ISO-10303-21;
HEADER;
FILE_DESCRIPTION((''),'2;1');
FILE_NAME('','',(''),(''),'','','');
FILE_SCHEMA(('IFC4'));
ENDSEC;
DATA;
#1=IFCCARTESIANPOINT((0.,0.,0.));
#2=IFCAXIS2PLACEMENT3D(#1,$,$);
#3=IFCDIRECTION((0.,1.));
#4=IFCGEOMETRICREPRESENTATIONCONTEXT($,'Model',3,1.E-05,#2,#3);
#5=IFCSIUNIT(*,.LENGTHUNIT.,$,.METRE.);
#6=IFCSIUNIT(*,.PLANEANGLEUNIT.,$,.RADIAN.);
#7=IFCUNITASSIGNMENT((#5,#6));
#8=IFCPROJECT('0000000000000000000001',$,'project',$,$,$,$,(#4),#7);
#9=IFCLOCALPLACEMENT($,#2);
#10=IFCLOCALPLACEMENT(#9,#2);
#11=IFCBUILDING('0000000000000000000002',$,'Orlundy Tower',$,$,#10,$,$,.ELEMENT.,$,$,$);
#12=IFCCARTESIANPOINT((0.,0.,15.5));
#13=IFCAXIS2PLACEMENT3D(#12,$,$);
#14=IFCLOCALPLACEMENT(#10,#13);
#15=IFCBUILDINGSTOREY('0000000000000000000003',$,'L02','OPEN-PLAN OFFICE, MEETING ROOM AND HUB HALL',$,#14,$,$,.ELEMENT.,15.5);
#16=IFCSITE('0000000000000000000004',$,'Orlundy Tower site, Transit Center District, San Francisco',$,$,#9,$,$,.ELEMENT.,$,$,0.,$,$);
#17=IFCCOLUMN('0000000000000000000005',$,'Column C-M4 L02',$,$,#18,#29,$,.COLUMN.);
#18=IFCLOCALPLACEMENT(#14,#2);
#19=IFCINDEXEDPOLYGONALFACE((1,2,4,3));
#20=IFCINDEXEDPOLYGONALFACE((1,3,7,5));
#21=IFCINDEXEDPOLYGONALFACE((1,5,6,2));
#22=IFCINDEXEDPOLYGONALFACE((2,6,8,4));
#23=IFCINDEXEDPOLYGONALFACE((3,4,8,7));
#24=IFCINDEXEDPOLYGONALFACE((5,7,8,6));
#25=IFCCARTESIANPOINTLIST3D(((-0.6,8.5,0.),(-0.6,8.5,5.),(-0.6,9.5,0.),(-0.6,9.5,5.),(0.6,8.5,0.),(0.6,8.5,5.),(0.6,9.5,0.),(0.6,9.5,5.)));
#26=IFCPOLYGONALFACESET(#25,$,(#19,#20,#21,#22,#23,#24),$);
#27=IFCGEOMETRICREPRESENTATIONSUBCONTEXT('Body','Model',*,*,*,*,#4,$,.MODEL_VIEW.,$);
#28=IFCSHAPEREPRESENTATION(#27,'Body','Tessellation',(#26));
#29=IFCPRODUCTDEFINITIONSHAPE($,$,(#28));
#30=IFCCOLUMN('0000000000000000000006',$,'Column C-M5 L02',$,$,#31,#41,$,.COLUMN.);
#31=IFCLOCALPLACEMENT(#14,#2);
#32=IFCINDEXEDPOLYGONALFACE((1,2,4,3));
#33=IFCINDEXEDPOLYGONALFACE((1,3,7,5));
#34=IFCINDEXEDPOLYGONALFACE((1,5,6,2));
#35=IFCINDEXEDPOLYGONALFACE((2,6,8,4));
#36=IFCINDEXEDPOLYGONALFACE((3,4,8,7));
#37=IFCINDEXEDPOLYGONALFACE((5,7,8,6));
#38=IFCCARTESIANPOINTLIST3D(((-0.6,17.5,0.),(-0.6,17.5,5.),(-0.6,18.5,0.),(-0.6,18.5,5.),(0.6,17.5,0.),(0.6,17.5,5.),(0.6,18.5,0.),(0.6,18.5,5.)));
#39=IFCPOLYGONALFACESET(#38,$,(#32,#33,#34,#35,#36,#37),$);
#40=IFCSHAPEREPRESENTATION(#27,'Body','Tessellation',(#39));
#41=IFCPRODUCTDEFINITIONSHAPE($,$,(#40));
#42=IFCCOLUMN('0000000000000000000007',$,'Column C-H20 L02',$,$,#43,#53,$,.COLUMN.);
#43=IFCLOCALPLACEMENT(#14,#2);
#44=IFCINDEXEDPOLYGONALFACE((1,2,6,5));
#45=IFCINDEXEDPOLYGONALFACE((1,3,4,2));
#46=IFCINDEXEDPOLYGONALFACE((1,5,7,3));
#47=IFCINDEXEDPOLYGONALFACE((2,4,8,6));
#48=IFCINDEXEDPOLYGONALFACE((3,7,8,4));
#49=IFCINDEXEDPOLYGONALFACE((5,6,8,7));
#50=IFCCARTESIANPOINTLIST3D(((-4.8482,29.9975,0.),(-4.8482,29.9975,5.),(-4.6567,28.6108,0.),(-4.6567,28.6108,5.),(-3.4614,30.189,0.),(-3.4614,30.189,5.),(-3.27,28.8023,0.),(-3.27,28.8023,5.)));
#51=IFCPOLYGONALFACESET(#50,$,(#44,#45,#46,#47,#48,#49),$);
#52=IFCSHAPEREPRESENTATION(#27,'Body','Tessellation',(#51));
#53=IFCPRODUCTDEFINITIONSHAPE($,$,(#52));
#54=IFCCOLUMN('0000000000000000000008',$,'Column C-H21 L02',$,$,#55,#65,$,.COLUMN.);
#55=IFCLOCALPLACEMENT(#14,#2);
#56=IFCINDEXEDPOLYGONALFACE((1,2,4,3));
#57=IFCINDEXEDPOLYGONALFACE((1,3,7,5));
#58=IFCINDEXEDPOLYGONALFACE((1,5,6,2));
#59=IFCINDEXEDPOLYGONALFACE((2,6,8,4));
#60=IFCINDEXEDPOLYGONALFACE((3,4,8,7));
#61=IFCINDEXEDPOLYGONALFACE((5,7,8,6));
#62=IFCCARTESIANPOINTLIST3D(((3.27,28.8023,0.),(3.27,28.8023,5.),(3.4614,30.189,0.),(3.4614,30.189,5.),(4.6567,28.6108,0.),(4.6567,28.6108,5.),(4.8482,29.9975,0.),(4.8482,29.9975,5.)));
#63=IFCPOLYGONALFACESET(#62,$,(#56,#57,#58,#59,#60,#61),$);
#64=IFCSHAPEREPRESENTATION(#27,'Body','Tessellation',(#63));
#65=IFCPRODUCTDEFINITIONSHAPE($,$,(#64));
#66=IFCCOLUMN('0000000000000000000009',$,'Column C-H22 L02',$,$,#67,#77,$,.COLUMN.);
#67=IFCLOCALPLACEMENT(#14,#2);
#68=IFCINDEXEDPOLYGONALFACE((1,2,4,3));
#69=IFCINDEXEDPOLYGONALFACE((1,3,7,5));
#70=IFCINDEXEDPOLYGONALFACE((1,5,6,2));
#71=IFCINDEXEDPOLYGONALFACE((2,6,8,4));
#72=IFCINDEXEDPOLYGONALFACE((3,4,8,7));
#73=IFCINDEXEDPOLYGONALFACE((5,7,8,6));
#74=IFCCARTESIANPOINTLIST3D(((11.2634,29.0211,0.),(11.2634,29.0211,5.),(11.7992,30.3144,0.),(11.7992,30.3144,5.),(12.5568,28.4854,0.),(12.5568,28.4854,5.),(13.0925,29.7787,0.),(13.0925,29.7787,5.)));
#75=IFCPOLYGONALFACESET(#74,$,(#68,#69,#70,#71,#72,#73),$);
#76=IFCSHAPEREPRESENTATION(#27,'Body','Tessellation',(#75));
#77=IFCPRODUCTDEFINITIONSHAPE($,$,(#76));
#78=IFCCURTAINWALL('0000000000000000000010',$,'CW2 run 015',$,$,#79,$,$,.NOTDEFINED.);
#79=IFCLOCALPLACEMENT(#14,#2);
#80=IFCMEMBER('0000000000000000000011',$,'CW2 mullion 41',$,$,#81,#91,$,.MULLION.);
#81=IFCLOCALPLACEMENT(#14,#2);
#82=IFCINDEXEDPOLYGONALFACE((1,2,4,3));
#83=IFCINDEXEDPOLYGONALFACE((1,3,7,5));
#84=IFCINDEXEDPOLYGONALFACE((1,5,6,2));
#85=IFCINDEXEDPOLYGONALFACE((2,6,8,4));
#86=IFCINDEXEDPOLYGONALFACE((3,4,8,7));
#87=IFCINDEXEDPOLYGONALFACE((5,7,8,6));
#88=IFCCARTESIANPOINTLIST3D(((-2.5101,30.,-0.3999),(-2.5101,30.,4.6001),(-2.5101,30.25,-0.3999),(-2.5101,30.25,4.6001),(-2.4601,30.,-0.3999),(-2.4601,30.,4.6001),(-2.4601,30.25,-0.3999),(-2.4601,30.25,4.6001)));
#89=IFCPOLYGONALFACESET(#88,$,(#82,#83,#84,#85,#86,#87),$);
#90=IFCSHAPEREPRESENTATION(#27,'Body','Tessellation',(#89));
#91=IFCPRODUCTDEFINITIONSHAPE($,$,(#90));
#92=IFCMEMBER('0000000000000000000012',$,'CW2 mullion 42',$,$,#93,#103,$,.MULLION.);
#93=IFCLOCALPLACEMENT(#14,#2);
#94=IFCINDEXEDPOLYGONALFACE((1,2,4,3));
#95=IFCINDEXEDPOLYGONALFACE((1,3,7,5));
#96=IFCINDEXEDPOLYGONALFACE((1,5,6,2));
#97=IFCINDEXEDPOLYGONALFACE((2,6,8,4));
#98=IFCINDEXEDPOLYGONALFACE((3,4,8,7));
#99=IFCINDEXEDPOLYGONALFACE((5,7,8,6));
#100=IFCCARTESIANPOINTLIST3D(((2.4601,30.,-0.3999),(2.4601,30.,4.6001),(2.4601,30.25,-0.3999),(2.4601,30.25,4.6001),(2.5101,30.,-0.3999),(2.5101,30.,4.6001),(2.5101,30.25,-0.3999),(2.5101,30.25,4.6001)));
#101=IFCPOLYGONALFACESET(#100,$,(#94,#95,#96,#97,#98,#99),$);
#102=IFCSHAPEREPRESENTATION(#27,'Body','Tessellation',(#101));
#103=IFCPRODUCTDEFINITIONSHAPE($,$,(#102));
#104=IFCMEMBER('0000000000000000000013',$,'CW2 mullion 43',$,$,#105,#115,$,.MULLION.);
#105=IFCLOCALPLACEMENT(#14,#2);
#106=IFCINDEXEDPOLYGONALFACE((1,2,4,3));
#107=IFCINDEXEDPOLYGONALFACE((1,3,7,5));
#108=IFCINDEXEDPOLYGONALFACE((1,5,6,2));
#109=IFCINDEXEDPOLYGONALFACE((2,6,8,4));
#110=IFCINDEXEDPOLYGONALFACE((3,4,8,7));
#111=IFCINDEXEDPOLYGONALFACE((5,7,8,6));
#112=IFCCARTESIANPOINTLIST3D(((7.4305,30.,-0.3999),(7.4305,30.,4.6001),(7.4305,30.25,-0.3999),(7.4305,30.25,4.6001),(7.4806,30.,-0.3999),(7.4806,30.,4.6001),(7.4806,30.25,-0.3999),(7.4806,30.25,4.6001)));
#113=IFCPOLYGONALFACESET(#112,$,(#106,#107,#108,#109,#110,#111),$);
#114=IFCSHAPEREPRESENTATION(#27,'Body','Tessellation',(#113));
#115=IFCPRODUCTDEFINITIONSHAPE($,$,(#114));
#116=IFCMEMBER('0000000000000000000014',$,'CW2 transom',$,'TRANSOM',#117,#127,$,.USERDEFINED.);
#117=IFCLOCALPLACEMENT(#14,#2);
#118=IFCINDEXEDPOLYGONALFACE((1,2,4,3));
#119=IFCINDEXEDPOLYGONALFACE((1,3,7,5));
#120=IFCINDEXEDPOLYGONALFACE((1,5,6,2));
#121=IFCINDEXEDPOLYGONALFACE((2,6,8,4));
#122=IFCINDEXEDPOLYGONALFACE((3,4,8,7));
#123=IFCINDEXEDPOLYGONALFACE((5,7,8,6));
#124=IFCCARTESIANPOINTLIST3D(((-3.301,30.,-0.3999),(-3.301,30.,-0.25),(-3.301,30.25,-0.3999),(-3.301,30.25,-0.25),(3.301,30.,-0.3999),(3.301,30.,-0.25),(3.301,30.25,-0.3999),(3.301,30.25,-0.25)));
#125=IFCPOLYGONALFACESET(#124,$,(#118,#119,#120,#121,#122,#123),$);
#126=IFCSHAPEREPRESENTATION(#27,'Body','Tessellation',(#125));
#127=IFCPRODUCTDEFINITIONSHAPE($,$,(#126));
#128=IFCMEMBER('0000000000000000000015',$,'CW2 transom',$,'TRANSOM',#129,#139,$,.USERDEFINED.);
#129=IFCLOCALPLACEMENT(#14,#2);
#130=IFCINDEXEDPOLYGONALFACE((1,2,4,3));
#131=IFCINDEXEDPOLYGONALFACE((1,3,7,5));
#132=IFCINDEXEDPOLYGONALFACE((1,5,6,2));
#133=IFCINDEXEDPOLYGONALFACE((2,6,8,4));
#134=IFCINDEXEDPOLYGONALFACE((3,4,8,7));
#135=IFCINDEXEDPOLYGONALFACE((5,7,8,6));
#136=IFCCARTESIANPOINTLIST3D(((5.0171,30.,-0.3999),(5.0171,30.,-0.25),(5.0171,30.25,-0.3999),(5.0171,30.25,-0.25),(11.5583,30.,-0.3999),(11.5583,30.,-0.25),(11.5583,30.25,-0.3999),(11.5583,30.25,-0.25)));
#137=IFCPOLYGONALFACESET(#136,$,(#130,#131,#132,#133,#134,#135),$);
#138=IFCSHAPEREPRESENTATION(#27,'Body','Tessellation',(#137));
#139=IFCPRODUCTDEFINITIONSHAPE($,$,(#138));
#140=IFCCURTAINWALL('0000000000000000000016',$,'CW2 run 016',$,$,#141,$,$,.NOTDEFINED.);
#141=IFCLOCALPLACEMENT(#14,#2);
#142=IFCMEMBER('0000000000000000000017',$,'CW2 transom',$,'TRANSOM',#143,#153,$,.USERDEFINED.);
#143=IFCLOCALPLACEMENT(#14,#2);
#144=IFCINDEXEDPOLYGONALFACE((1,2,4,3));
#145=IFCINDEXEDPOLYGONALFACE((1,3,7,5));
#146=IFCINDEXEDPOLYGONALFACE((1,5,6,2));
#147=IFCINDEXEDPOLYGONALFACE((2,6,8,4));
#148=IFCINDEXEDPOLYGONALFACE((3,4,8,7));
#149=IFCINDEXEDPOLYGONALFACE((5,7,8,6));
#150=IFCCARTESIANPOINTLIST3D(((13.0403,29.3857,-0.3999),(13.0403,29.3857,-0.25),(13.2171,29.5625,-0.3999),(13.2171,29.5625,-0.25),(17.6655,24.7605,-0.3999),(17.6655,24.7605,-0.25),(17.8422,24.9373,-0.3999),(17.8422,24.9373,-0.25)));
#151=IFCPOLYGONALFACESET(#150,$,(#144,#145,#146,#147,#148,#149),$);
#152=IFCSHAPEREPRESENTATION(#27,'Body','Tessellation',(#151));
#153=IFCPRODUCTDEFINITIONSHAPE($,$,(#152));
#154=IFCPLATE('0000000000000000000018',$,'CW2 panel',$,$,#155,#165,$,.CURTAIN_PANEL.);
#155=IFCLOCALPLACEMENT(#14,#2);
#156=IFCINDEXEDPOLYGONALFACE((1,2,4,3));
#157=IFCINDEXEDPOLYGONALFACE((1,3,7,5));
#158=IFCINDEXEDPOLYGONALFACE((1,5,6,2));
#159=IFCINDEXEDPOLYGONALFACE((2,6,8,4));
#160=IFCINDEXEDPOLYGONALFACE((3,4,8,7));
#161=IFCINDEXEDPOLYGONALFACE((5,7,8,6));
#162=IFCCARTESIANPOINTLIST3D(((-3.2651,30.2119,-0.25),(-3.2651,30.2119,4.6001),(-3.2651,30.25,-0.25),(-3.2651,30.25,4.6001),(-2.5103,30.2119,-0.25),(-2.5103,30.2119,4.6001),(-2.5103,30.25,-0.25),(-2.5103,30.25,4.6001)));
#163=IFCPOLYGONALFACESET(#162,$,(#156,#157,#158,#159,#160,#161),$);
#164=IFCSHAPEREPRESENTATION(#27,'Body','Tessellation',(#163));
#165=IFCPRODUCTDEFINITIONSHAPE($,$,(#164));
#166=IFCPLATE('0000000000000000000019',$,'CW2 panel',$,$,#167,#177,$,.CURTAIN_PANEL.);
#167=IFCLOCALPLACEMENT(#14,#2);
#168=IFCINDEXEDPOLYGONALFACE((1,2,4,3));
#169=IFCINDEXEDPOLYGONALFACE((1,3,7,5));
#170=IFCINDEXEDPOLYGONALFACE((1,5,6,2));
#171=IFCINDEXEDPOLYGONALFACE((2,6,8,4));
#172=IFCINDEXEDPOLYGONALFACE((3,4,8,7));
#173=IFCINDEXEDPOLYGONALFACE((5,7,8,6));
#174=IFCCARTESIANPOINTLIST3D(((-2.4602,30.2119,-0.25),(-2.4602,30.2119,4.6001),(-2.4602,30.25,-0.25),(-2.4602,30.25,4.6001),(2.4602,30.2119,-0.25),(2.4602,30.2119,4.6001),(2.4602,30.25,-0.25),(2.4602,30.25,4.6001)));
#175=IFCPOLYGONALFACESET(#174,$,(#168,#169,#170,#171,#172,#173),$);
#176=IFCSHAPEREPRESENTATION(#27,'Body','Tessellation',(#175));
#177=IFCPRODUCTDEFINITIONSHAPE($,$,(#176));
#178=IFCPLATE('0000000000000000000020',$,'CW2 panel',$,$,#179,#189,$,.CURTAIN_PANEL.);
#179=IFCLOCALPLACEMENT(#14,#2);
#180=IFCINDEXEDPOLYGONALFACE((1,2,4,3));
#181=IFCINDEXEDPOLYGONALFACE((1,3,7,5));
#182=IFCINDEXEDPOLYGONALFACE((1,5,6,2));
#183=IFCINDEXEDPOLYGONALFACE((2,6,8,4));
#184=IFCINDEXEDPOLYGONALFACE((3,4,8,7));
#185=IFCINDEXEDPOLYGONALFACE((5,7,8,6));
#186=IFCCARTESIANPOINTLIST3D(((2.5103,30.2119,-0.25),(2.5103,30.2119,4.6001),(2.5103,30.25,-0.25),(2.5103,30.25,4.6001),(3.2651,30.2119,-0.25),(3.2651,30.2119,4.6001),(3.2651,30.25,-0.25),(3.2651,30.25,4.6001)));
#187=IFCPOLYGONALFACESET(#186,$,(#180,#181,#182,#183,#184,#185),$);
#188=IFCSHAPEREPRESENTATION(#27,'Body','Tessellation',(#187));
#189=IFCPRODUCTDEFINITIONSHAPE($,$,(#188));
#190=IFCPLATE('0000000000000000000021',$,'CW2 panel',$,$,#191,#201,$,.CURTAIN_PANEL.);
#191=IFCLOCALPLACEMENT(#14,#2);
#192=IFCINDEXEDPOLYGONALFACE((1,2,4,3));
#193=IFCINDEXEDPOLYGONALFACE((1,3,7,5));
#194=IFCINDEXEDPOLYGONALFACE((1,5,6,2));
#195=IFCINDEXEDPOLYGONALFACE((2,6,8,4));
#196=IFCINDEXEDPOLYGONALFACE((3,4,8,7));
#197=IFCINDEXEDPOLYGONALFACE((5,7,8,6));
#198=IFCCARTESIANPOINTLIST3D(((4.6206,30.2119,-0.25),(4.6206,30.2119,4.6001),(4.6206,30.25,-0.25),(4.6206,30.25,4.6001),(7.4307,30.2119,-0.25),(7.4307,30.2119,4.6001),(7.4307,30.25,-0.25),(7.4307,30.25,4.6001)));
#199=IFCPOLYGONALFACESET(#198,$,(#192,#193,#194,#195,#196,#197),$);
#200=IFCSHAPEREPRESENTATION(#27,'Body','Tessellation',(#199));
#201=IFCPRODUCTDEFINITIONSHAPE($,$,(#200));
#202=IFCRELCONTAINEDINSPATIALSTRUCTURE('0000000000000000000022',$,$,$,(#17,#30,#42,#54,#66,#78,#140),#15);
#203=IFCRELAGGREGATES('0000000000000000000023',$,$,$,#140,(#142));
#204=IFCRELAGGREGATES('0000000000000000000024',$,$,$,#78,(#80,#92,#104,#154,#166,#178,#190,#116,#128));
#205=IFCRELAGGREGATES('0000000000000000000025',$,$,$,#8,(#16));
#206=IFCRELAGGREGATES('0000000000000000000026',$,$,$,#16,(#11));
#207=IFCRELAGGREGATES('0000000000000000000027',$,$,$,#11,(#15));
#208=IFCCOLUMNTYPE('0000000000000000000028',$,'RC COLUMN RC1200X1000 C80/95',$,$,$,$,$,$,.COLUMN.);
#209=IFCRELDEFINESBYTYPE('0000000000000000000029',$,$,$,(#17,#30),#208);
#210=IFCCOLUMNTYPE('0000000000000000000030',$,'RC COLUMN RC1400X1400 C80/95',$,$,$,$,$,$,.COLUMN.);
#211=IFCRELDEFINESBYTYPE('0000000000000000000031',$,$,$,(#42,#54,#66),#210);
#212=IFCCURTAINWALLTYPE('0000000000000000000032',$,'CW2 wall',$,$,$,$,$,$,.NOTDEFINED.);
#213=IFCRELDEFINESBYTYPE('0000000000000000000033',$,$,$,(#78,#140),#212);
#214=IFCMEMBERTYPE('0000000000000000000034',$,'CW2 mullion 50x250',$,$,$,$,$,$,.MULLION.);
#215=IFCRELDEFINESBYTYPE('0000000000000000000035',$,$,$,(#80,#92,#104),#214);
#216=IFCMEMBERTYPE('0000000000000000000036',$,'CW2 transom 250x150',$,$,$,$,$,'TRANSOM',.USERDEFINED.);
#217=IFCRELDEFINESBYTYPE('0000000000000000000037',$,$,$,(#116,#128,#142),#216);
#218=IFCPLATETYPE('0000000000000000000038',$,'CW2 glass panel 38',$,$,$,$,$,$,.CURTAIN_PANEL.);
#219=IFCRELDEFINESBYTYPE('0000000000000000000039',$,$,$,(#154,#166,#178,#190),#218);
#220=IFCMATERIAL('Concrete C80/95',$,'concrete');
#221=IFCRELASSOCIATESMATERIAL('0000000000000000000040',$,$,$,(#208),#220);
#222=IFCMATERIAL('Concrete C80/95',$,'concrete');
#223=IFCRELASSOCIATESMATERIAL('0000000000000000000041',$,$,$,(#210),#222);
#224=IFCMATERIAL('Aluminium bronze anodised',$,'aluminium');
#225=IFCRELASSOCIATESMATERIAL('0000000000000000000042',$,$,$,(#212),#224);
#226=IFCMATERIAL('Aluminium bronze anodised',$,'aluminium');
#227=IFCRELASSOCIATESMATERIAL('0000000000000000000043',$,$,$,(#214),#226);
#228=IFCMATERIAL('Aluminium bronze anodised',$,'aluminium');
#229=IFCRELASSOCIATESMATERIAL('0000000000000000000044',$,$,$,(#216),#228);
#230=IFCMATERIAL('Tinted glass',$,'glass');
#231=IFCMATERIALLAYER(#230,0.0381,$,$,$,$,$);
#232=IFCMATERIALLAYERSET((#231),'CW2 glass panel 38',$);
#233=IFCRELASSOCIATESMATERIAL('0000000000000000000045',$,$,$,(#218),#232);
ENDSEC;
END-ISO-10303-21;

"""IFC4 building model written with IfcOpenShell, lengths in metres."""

from ifc_helpers import new_model, si_unit, direction, frame, origin, origin_2d, place, context, subcontext, project, spatial, rectangle, extrude, material, layer, layer_set, material_profile, profile_set, type_object, element, aggregate, save


model = new_model("IFC4")

# Units and contexts
model_context = context("Model", 3, precision=1e-05, world=origin(), true_north=direction((0.0, 1.0)))
body_context = subcontext(model_context, "Body", "Model", "MODEL_VIEW")
ifc_project = project(units=[si_unit("LENGTHUNIT", "METRE"), si_unit("PLANEANGLEUNIT", "RADIAN")], contexts=[model_context])

# Site, building, storey
site_placement = place(None, origin())
site = spatial("IfcSite", under=ifc_project, at=site_placement, Name="Orlundy Tower site, Transit Center District, San Francisco", CompositionType="ELEMENT", RefElevation=0.0)
building_placement = place(site_placement, origin())
building = spatial("IfcBuilding", under=site, at=building_placement, Name="Orlundy Tower", CompositionType="ELEMENT")
storey_placement = place(building_placement, frame((0.0, 0.0, 15.5)))
storey = spatial("IfcBuildingStorey", under=building, at=storey_placement, Name="L02", Description="OPEN-PLAN OFFICE, MEETING ROOM AND HUB HALL", CompositionType="ELEMENT", Elevation=15.5)

# Columns
ifc_material_1 = material(Name="Concrete C80/95", Category="concrete")
ifc_material_profile_1 = material_profile(ifc_material_1, rectangle(XDim=1.2, YDim=1.0, at=origin_2d()), Name="RC1200X1000")
ifc_profile_set_1 = profile_set([ifc_material_profile_1], Name="Concrete C80/95")
column_type_1 = type_object("IfcColumnType", Name="RC COLUMN RC1200X1000 C80/95", PredefinedType="COLUMN", material=ifc_profile_set_1)
for number, where, z_axis, x_axis, name in (
    (1, (0.0, 9.0, 0.0), (0.0, 0.0, 1.0), (1.0, 0.0, 0.0), "Column C-M4 L02"),
    (2, (0.0, 18.0, 0.0), (0.0, 0.0, 1.0), (1.0, 0.0, 0.0), "Column C-M5 L02"),
):
    element("IfcColumn", number, at=place(storey_placement, frame(where, z_axis=z_axis, x_axis=x_axis)), inside=storey, type_object=column_type_1, Name=name, PredefinedType="COLUMN", context=body_context, shape_type="SweptSolid", body=[
        extrude(rectangle(XDim=1.2, YDim=1.0, at=origin_2d()), origin(), (0.0, 0.0, 1.0), 5.0),
    ])
ifc_material_2 = material(Name="Concrete C80/95", Category="concrete")
ifc_material_profile_2 = material_profile(ifc_material_2, rectangle(XDim=1.3999, YDim=1.3999, at=origin_2d()), Name="RC1400X1400")
ifc_profile_set_2 = profile_set([ifc_material_profile_2], Name="Concrete C80/95")
column_type_2 = type_object("IfcColumnType", Name="RC COLUMN RC1400X1400 C80/95", PredefinedType="COLUMN", material=ifc_profile_set_2)
for number, where, z_axis, x_axis, name in (
    (3, (-4.0591, 29.3999, 0.0), (0.0, 0.0, 1.0), (-0.13677, 0.990603, 0.0), "Column C-H20 L02"),
    (4, (4.0591, 29.3999, 0.0), (0.0, 0.0, 1.0), (0.13677, 0.990603, 0.0), "Column C-H21 L02"),
    (5, (12.178, 29.3999, 0.0), (0.0, 0.0, 1.0), (0.382683, 0.92388, 0.0), "Column C-H22 L02"),
):
    element("IfcColumn", number, at=place(storey_placement, frame(where, z_axis=z_axis, x_axis=x_axis)), inside=storey, type_object=column_type_2, Name=name, PredefinedType="COLUMN", context=body_context, shape_type="SweptSolid", body=[
        extrude(rectangle(XDim=1.3999, YDim=1.3999, at=origin_2d()), origin(), (0.0, 0.0, 1.0), 5.0),
    ])

# Curtain wall, members
ifc_material_3 = material(Name="Aluminium bronze anodised", Category="aluminium")
curtain_wall_type = type_object("IfcCurtainWallType", Name="CW2 wall", PredefinedType="NOTDEFINED", material=ifc_material_3)
curtain_wall_1_placement = place(storey_placement, origin())
curtain_wall_1 = element("IfcCurtainWall", 6, at=curtain_wall_1_placement, inside=storey, type_object=curtain_wall_type, Name="CW2 run 015", PredefinedType="NOTDEFINED")
ifc_material_4 = material(Name="Aluminium bronze anodised", Category="aluminium")
ifc_material_profile_3 = material_profile(ifc_material_4, rectangle(XDim=0.25, YDim=0.05, at=origin_2d()), Name="CW2 mullion 50x250")
ifc_profile_set_3 = profile_set([ifc_material_profile_3], Name="Aluminium bronze anodised")
member_type_1 = type_object("IfcMemberType", Name="CW2 mullion 50x250", PredefinedType="MULLION", material=ifc_profile_set_3)
member_1_placement = place(storey_placement, frame((-2.4851, 30.125, -0.3999), z_axis=(0.0, 0.0, 1.0), x_axis=(0.0, 1.0, 0.0)))
member_1 = element("IfcMember", 7, at=member_1_placement, type_object=member_type_1, Name="CW2 mullion 41", PredefinedType="MULLION", context=body_context, shape_type="SweptSolid", body=[
    extrude(rectangle(XDim=0.25, YDim=0.05, at=origin_2d()), origin(), (0.0, 0.0, 1.0), 5.0),
])
member_2_placement = place(storey_placement, frame((2.4851, 30.125, -0.3999), z_axis=(0.0, 0.0, 1.0), x_axis=(0.0, 1.0, 0.0)))
member_2 = element("IfcMember", 8, at=member_2_placement, type_object=member_type_1, Name="CW2 mullion 42", PredefinedType="MULLION", context=body_context, shape_type="SweptSolid", body=[
    extrude(rectangle(XDim=0.25, YDim=0.05, at=origin_2d()), origin(), (0.0, 0.0, 1.0), 5.0),
])
member_3_placement = place(storey_placement, frame((7.4556, 30.125, -0.3999), z_axis=(0.0, 0.0, 1.0), x_axis=(0.0, 1.0, 0.0)))
member_3 = element("IfcMember", 9, at=member_3_placement, type_object=member_type_1, Name="CW2 mullion 43", PredefinedType="MULLION", context=body_context, shape_type="SweptSolid", body=[
    extrude(rectangle(XDim=0.25, YDim=0.05, at=origin_2d()), origin(), (0.0, 0.0, 1.0), 5.0),
])
ifc_material_5 = material(Name="Aluminium bronze anodised", Category="aluminium")
ifc_material_profile_4 = material_profile(ifc_material_5, rectangle(XDim=0.25, YDim=0.1499, at=origin_2d()), Name="CW2 transom 250x150")
ifc_profile_set_4 = profile_set([ifc_material_profile_4], Name="Aluminium bronze anodised")
member_type_2 = type_object("IfcMemberType", Name="CW2 transom 250x150", ElementType="TRANSOM", PredefinedType="USERDEFINED", material=ifc_profile_set_4)
member_4_placement = place(storey_placement, frame((-3.301, 30.125, -0.325), z_axis=(1.0, 0.0, 0.0), x_axis=(0.0, 1.0, 0.0)))
member_4 = element("IfcMember", 10, at=member_4_placement, type_object=member_type_2, Name="CW2 transom", ObjectType="TRANSOM", PredefinedType="USERDEFINED", context=body_context, shape_type="SweptSolid", body=[
    extrude(rectangle(XDim=0.25, YDim=0.1499, at=origin_2d()), origin(), (0.0, 0.0, 1.0), 6.6021),
])
member_5_placement = place(storey_placement, frame((5.0171, 30.125, -0.325), z_axis=(1.0, 0.0, 0.0), x_axis=(0.0, 1.0, 0.0)))
member_5 = element("IfcMember", 11, at=member_5_placement, type_object=member_type_2, Name="CW2 transom", ObjectType="TRANSOM", PredefinedType="USERDEFINED", context=body_context, shape_type="SweptSolid", body=[
    extrude(rectangle(XDim=0.25, YDim=0.1499, at=origin_2d()), origin(), (0.0, 0.0, 1.0), 6.5413),
])

# Curtain wall, member
curtain_wall_2_placement = place(storey_placement, origin())
curtain_wall_2 = element("IfcCurtainWall", 12, at=curtain_wall_2_placement, inside=storey, type_object=curtain_wall_type, Name="CW2 run 016", PredefinedType="NOTDEFINED")
member_6_placement = place(storey_placement, frame((13.1287, 29.4741, -0.325), z_axis=(0.707107, -0.707107, 0.0), x_axis=(0.707107, 0.707107, 0.0)))
member_6 = element("IfcMember", 13, at=member_6_placement, type_object=member_type_2, Name="CW2 transom", ObjectType="TRANSOM", PredefinedType="USERDEFINED", context=body_context, shape_type="SweptSolid", body=[
    extrude(rectangle(XDim=0.25, YDim=0.1499, at=origin_2d()), origin(), (0.0, 0.0, 1.0), 6.541),
])
aggregate(curtain_wall_2, [member_6])

# Plates
ifc_material_6 = material(Name="Tinted glass", Category="glass")
ifc_layer_1 = layer(ifc_material_6, 0.0381)
ifc_layer_set_1 = layer_set([ifc_layer_1], Name="CW2 glass panel 38")
plate_type = type_object("IfcPlateType", Name="CW2 glass panel 38", PredefinedType="CURTAIN_PANEL", material=ifc_layer_set_1)
plate_1_placement = place(storey_placement, frame((-2.8877, 30.231, -0.25), z_axis=(0.0, 0.0, 1.0), x_axis=(1.0, 0.0, 0.0)))
plate_1 = element("IfcPlate", 14, at=plate_1_placement, type_object=plate_type, Name="CW2 panel", PredefinedType="CURTAIN_PANEL", context=body_context, shape_type="SweptSolid", body=[
    extrude(rectangle(XDim=0.7549, YDim=0.0381, at=origin_2d()), origin(), (0.0, 0.0, 1.0), 4.8501),
])
plate_2_placement = place(storey_placement, frame((0.0, 30.231, -0.25), z_axis=(0.0, 0.0, 1.0), x_axis=(1.0, 0.0, 0.0)))
plate_2 = element("IfcPlate", 15, at=plate_2_placement, type_object=plate_type, Name="CW2 panel", PredefinedType="CURTAIN_PANEL", context=body_context, shape_type="SweptSolid", body=[
    extrude(rectangle(XDim=4.9204, YDim=0.0381, at=origin_2d()), origin(), (0.0, 0.0, 1.0), 4.8501),
])
plate_3_placement = place(storey_placement, frame((2.8877, 30.231, -0.25), z_axis=(0.0, 0.0, 1.0), x_axis=(1.0, 0.0, 0.0)))
plate_3 = element("IfcPlate", 16, at=plate_3_placement, type_object=plate_type, Name="CW2 panel", PredefinedType="CURTAIN_PANEL", context=body_context, shape_type="SweptSolid", body=[
    extrude(rectangle(XDim=0.7549, YDim=0.0381, at=origin_2d()), origin(), (0.0, 0.0, 1.0), 4.8501),
])
plate_4_placement = place(storey_placement, frame((6.0256, 30.231, -0.25), z_axis=(0.0, 0.0, 1.0), x_axis=(1.0, 0.0, 0.0)))
plate_4 = element("IfcPlate", 17, at=plate_4_placement, type_object=plate_type, Name="CW2 panel", PredefinedType="CURTAIN_PANEL", context=body_context, shape_type="SweptSolid", body=[
    extrude(rectangle(XDim=2.8101, YDim=0.0381, at=origin_2d()), origin(), (0.0, 0.0, 1.0), 4.8501),
])
aggregate(curtain_wall_1, [member_1, member_2, member_3, plate_1, plate_2, plate_3, plate_4, member_4, member_5])

save(model, "model.ifc")
